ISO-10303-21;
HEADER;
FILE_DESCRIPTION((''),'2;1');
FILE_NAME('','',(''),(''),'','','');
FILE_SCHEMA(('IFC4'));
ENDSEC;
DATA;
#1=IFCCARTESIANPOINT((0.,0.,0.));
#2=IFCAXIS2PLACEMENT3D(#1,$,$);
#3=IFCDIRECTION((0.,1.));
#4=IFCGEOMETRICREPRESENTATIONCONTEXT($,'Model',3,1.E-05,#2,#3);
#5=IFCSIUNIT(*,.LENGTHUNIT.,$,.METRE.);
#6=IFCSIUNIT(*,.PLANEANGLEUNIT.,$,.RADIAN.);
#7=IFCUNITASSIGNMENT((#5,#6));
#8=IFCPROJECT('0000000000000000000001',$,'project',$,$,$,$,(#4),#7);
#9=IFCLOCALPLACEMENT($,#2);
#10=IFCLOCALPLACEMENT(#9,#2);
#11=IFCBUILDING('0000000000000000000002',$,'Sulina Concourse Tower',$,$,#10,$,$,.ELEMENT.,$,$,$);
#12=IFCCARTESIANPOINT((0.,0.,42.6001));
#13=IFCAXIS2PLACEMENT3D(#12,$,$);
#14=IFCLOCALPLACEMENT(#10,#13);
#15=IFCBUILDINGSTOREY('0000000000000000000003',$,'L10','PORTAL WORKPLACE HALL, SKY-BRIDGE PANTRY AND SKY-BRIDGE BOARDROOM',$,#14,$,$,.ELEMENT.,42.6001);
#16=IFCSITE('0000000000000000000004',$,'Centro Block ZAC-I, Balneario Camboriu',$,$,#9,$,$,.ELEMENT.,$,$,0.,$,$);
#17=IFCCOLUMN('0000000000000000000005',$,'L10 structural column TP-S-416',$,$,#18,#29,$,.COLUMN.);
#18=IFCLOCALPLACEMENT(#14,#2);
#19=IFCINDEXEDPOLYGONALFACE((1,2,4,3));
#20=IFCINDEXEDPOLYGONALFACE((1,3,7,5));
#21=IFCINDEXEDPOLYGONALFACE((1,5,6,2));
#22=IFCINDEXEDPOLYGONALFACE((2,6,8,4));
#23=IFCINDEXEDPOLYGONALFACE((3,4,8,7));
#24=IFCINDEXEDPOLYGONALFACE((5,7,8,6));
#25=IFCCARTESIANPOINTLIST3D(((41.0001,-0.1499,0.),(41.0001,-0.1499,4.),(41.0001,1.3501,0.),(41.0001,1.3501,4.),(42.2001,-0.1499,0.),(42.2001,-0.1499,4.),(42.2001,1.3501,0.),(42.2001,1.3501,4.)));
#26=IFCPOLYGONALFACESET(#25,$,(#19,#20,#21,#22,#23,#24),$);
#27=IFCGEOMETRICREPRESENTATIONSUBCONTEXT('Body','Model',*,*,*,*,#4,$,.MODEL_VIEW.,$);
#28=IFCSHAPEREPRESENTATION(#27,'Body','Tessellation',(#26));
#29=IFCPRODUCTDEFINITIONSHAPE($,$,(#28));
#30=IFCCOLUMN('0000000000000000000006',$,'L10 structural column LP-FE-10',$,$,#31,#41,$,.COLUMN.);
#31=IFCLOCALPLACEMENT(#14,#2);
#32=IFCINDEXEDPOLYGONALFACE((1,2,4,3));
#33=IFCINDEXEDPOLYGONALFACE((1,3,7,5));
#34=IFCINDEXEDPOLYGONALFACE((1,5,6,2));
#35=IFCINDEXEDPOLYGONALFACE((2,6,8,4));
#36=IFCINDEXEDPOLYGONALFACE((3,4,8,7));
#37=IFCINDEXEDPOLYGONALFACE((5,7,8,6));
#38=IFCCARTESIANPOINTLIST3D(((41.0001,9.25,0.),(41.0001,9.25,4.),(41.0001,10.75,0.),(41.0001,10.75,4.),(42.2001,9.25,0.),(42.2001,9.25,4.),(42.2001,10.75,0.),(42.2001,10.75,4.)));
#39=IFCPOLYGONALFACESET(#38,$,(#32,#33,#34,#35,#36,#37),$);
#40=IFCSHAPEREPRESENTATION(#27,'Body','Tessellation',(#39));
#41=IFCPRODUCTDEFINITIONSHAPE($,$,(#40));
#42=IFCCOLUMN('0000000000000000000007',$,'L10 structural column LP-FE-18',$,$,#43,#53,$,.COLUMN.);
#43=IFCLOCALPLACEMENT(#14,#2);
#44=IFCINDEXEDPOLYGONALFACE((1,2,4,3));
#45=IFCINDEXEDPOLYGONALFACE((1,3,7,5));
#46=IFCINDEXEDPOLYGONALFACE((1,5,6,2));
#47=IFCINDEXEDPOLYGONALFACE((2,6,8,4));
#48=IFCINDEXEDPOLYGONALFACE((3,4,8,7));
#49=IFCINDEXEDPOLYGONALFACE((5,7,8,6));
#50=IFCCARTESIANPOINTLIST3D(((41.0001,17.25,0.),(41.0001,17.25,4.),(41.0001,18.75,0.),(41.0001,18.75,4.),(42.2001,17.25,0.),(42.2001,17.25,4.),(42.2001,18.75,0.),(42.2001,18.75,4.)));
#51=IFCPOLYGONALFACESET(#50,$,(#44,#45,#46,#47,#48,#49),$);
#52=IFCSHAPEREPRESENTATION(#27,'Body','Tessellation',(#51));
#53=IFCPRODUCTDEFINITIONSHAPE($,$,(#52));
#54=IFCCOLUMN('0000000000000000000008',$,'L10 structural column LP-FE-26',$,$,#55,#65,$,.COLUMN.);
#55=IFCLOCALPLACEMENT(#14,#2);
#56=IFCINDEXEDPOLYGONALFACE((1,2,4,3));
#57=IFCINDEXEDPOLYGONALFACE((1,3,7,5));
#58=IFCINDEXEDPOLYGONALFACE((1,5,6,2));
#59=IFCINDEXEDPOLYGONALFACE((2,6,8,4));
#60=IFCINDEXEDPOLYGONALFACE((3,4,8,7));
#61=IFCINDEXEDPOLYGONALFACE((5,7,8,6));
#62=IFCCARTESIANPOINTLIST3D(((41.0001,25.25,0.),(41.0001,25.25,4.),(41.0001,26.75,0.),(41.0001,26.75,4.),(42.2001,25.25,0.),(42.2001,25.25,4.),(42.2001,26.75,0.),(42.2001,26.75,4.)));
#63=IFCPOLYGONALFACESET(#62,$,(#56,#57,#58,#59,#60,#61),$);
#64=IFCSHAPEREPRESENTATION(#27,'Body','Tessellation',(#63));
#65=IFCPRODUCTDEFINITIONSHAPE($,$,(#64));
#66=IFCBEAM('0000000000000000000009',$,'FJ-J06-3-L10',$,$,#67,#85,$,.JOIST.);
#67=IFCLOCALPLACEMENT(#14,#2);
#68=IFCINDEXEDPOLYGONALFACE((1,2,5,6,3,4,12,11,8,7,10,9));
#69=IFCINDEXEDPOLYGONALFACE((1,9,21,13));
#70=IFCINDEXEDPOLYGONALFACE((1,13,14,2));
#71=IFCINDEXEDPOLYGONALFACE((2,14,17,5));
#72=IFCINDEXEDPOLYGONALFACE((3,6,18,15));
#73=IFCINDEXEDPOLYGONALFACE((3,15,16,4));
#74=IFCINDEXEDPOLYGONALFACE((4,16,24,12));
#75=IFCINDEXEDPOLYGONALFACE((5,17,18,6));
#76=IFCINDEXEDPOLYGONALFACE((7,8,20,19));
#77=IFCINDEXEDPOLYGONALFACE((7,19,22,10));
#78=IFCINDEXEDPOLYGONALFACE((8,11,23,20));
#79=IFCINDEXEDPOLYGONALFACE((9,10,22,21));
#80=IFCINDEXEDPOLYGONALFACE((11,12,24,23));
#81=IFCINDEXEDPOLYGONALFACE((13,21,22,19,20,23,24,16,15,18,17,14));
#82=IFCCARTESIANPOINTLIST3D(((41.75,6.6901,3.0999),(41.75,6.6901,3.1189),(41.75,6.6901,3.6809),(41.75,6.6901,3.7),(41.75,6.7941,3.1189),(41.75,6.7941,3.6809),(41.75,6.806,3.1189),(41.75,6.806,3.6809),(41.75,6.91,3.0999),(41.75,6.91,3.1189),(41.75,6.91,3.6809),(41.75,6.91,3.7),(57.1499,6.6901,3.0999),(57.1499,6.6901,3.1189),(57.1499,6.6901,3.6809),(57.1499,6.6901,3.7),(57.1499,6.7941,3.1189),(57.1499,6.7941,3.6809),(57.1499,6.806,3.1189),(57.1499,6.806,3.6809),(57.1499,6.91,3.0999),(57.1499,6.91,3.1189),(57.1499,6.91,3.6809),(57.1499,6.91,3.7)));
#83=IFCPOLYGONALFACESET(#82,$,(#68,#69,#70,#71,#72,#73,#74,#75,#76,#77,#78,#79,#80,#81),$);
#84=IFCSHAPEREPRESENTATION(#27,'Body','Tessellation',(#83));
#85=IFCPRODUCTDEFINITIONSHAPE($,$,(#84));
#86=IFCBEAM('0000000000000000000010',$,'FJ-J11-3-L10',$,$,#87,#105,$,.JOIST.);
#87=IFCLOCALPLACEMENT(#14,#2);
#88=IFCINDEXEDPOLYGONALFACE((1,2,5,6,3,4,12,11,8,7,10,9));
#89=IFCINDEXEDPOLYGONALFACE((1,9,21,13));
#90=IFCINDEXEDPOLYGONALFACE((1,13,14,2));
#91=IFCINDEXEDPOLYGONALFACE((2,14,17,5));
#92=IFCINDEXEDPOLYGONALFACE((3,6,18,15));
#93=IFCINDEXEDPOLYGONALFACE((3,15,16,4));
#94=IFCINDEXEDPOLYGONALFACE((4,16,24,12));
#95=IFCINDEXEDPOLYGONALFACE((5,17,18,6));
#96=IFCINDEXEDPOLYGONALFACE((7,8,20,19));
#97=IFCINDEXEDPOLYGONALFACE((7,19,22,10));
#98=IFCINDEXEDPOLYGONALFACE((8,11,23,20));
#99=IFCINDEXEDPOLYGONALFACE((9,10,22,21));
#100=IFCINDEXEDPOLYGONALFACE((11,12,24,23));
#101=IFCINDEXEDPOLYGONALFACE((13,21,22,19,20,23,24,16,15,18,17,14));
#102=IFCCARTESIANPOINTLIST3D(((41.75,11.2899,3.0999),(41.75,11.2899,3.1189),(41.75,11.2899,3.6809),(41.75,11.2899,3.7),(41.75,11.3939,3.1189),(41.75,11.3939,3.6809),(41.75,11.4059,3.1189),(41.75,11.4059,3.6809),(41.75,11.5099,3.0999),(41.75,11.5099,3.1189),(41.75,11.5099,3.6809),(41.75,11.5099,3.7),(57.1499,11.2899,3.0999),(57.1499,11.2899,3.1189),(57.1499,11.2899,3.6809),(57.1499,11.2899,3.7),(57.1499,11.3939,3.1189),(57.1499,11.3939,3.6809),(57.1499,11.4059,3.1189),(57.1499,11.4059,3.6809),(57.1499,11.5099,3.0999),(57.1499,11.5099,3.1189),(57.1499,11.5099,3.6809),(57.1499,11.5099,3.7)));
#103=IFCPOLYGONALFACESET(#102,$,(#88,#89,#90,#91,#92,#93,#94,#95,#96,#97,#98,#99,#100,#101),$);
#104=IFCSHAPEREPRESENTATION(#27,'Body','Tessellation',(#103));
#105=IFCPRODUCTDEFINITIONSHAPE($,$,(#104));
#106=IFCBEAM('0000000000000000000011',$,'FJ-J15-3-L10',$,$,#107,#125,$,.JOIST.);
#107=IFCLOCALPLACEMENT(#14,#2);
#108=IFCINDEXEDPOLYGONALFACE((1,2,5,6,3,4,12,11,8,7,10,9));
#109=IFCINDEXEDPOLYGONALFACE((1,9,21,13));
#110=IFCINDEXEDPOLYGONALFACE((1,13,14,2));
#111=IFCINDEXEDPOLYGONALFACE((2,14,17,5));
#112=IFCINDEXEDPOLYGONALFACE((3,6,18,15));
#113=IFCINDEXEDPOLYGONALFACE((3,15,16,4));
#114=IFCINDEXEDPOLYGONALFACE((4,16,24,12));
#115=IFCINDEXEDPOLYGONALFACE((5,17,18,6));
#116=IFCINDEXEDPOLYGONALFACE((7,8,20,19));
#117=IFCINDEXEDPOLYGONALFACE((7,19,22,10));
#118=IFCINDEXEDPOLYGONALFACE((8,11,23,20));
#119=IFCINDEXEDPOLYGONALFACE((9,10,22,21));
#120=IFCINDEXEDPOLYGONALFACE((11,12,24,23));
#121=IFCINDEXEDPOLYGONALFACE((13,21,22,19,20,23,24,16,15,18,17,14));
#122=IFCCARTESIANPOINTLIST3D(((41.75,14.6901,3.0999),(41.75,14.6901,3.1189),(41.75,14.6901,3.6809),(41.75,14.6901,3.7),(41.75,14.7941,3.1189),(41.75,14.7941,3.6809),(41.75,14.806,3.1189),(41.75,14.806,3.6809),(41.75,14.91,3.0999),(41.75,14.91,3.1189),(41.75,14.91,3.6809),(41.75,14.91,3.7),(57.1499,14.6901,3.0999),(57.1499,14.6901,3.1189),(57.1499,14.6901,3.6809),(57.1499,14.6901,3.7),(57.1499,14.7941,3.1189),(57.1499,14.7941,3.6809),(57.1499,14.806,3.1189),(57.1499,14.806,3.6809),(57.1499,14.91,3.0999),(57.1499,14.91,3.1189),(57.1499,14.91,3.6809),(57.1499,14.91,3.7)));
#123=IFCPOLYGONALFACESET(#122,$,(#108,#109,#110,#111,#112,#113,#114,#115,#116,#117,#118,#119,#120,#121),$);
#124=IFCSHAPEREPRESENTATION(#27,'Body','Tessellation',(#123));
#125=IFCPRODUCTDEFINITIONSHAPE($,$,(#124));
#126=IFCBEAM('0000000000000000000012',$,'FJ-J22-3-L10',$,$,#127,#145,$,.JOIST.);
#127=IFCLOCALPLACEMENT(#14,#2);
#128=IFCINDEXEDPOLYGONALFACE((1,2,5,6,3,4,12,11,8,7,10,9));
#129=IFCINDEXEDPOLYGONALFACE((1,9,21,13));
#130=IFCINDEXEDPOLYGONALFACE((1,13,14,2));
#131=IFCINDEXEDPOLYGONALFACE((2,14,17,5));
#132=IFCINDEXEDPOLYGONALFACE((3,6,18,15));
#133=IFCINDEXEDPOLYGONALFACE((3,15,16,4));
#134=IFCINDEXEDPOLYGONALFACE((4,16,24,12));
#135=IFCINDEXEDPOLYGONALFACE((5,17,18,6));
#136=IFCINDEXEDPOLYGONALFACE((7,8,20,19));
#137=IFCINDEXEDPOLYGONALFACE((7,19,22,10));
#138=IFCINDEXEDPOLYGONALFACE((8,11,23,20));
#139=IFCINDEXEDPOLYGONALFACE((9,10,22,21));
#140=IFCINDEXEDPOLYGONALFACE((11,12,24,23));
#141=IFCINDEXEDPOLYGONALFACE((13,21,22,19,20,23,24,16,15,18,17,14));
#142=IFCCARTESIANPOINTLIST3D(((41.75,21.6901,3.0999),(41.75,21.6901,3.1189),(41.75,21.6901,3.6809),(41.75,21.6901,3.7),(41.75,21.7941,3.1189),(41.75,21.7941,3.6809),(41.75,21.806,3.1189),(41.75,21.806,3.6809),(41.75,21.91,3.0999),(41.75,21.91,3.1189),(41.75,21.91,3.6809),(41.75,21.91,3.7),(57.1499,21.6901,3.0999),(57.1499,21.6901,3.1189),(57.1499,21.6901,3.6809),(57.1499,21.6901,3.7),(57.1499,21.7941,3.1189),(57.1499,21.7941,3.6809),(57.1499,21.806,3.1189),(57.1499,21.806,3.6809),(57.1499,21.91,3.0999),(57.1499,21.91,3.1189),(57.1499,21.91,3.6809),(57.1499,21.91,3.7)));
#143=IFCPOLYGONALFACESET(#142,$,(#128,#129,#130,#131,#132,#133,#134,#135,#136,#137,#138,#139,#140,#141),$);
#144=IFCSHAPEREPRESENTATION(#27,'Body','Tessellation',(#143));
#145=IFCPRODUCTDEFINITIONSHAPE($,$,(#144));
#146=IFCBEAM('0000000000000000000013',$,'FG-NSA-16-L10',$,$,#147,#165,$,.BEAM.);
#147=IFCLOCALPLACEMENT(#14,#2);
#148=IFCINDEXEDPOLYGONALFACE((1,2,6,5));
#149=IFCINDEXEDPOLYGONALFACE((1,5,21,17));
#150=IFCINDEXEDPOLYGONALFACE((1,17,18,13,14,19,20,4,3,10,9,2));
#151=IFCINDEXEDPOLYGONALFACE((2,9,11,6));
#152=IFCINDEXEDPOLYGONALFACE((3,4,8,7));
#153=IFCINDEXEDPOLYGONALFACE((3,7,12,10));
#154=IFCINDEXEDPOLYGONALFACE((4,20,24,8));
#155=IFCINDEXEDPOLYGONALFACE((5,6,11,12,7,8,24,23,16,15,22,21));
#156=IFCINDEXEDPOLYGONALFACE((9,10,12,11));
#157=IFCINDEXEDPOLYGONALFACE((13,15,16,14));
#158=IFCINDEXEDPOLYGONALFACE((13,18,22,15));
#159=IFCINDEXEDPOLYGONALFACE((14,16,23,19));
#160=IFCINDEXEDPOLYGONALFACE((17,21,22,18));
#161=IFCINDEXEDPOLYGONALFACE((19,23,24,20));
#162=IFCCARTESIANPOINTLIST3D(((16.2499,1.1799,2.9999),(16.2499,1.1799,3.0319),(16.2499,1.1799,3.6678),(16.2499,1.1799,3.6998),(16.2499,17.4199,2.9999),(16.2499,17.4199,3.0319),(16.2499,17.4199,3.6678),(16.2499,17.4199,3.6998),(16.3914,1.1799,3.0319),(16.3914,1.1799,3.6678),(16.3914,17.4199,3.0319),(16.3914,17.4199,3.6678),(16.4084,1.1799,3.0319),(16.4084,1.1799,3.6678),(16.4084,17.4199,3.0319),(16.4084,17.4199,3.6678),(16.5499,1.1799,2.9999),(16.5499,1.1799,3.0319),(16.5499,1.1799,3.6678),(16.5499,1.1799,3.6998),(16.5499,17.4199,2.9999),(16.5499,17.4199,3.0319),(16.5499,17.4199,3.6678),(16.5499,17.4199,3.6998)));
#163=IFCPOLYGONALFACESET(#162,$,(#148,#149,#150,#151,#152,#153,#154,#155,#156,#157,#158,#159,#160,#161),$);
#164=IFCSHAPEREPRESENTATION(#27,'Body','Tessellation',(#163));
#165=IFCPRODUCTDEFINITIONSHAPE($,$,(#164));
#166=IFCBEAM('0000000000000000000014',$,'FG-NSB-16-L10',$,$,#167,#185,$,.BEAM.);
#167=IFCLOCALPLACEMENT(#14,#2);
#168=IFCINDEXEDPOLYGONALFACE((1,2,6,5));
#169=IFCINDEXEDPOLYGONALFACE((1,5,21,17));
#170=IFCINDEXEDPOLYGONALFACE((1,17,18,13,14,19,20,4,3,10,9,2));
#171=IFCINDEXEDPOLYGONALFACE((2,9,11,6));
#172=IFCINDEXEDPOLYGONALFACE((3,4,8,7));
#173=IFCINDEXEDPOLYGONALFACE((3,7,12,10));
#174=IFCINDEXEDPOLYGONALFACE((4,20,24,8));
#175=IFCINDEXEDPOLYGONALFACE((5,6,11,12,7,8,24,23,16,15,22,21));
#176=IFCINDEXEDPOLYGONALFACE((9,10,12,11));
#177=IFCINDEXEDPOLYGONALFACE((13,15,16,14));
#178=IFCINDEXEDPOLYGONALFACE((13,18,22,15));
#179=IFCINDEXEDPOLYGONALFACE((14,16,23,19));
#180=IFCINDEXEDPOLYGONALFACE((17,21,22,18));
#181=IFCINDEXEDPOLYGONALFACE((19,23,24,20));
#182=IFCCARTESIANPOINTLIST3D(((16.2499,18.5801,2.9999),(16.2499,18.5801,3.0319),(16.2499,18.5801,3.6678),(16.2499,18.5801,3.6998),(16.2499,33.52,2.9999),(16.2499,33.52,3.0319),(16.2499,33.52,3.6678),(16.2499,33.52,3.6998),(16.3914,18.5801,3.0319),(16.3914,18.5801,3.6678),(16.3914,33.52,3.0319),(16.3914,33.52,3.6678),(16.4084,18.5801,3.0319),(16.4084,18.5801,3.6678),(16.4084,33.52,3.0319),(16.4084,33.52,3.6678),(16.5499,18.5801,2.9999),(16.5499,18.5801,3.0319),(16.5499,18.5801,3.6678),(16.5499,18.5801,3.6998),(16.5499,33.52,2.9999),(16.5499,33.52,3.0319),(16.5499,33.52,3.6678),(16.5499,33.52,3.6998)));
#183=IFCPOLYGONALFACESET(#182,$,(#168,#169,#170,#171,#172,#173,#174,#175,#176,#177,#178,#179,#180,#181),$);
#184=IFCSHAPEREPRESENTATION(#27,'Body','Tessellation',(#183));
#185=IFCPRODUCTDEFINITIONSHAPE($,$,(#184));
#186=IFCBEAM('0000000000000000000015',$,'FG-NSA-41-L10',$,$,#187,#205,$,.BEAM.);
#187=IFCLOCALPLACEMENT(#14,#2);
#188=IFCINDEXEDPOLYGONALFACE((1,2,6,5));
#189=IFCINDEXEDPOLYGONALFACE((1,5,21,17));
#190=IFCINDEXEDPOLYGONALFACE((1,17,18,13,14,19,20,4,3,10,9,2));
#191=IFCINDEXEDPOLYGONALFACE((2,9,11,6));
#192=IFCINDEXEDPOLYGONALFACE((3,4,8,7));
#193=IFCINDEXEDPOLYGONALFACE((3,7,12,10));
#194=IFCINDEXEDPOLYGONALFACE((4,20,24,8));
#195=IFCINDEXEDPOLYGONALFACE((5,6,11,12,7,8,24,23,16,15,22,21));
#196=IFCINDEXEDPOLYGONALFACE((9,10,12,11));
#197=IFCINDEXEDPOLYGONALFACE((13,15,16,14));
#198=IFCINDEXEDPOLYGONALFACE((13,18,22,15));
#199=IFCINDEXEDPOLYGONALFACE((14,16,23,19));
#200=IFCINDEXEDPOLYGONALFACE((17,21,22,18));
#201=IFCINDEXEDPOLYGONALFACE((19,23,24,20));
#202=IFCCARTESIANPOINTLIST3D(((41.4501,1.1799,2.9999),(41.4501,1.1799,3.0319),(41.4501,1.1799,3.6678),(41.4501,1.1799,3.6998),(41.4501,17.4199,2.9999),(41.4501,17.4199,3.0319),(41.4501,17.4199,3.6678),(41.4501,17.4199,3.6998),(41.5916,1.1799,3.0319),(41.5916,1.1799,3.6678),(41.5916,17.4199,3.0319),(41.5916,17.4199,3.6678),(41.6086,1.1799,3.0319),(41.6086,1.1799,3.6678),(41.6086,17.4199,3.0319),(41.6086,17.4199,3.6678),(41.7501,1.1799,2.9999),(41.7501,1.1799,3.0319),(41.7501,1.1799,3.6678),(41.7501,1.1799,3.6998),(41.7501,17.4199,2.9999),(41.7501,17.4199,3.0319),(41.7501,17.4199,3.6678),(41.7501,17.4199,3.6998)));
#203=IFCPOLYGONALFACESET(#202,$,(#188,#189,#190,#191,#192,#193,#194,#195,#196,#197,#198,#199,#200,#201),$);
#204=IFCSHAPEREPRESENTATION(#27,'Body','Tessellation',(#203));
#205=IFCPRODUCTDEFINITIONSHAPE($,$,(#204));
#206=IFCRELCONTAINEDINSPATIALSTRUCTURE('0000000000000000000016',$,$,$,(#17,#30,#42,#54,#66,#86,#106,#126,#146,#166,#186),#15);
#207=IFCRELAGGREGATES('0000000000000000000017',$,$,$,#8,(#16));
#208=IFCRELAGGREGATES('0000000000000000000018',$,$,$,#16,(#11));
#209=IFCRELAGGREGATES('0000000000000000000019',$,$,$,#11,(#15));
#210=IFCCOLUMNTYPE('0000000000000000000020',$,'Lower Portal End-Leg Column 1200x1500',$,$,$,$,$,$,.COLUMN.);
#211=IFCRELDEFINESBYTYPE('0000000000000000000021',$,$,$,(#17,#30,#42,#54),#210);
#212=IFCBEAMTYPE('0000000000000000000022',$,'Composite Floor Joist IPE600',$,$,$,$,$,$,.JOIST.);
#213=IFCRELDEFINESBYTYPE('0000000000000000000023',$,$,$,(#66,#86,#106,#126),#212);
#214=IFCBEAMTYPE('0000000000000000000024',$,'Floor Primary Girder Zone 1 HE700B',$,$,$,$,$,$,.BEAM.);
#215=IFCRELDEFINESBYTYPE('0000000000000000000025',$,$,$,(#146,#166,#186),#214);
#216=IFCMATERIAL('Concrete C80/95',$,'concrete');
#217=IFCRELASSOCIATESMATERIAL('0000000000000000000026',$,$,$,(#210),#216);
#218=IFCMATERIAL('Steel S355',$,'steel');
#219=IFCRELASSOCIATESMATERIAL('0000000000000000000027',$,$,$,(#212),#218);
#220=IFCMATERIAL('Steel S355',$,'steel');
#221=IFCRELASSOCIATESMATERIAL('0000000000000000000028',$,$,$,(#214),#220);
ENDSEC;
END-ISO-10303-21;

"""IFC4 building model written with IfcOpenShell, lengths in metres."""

from ifc_helpers import new_model, si_unit, direction, frame, origin, origin_2d, place, context, subcontext, project, spatial, rectangle, i_section, extrude, material, material_profile, profile_set, type_object, element, save


model = new_model("IFC4")

# Units and contexts
model_context = context("Model", 3, precision=1e-05, world=origin(), true_north=direction((0.0, 1.0)))
body_context = subcontext(model_context, "Body", "Model", "MODEL_VIEW")
ifc_project = project(units=[si_unit("LENGTHUNIT", "METRE"), si_unit("PLANEANGLEUNIT", "RADIAN")], contexts=[model_context])

# Site, building, storey
site_placement = place(None, origin())
site = spatial("IfcSite", under=ifc_project, at=site_placement, Name="Centro Block ZAC-I, Balneario Camboriu", CompositionType="ELEMENT", RefElevation=0.0)
building_placement = place(site_placement, origin())
building = spatial("IfcBuilding", under=site, at=building_placement, Name="Sulina Concourse Tower", CompositionType="ELEMENT")
storey_placement = place(building_placement, frame((0.0, 0.0, 42.6001)))
storey = spatial("IfcBuildingStorey", under=building, at=storey_placement, Name="L10", Description="PORTAL WORKPLACE HALL, SKY-BRIDGE PANTRY AND SKY-BRIDGE BOARDROOM", CompositionType="ELEMENT", Elevation=42.6001)

# Columns
ifc_material_1 = material(Name="Concrete C80/95", Category="concrete")
ifc_material_profile_1 = material_profile(ifc_material_1, rectangle(XDim=1.2, YDim=1.5, at=origin_2d()), Name="RC 1200x1500")
ifc_profile_set_1 = profile_set([ifc_material_profile_1], Name="Concrete C80/95")
column_type = type_object("IfcColumnType", Name="Lower Portal End-Leg Column 1200x1500", PredefinedType="COLUMN", material=ifc_profile_set_1)
for number, where, z_axis, x_axis, name in (
    (1, (41.6001, 0.6001, 0.0), (0.0, 0.0, 1.0), (1.0, 0.0, 0.0), "L10 structural column TP-S-416"),
    (2, (41.6001, 10.0, 0.0), (0.0, 0.0, 1.0), (1.0, 0.0, 0.0), "L10 structural column LP-FE-10"),
    (3, (41.6001, 18.0, 0.0), (0.0, 0.0, 1.0), (1.0, 0.0, 0.0), "L10 structural column LP-FE-18"),
    (4, (41.6001, 26.0, 0.0), (0.0, 0.0, 1.0), (1.0, 0.0, 0.0), "L10 structural column LP-FE-26"),
):
    element("IfcColumn", number, at=place(storey_placement, frame(where, z_axis=z_axis, x_axis=x_axis)), inside=storey, type_object=column_type, Name=name, PredefinedType="COLUMN", context=body_context, shape_type="SweptSolid", body=[
        extrude(rectangle(XDim=1.2, YDim=1.5, at=origin_2d()), origin(), (0.0, 0.0, 1.0), 4.0),
    ])

# Beams
ifc_material_2 = material(Name="Steel S355", Category="steel")
ifc_material_profile_2 = material_profile(ifc_material_2, i_section(OverallWidth=0.22, OverallDepth=0.6001, WebThickness=0.012, FlangeThickness=0.019, at=origin_2d()), Name="IPE 600")
ifc_profile_set_2 = profile_set([ifc_material_profile_2], Name="Steel S355")
beam_type_1 = type_object("IfcBeamType", Name="Composite Floor Joist IPE600", PredefinedType="JOIST", material=ifc_profile_set_2)
for number, where, z_axis, x_axis, name in (
    (5, (41.75, 6.8, 3.3999), (1.0, 0.0, 0.0), (0.0, 1.0, 0.0), "FJ-J06-3-L10"),
    (6, (41.75, 11.3999, 3.3999), (1.0, 0.0, 0.0), (0.0, 1.0, 0.0), "FJ-J11-3-L10"),
    (7, (41.75, 14.8, 3.3999), (1.0, 0.0, 0.0), (0.0, 1.0, 0.0), "FJ-J15-3-L10"),
    (8, (41.75, 21.8, 3.3999), (1.0, 0.0, 0.0), (0.0, 1.0, 0.0), "FJ-J22-3-L10"),
):
    element("IfcBeam", number, at=place(storey_placement, frame(where, z_axis=z_axis, x_axis=x_axis)), inside=storey, type_object=beam_type_1, Name=name, PredefinedType="JOIST", context=body_context, shape_type="SweptSolid", body=[
        extrude(i_section(OverallWidth=0.22, OverallDepth=0.6001, WebThickness=0.012, FlangeThickness=0.019, at=origin_2d()), origin(), (0.0, 0.0, 1.0), 15.3999),
    ])
ifc_material_3 = material(Name="Steel S355", Category="steel")
ifc_material_profile_3 = material_profile(ifc_material_3, i_section(OverallWidth=0.3, OverallDepth=0.7, WebThickness=0.0171, FlangeThickness=0.032, at=origin_2d()), Name="HE 700 B")
ifc_profile_set_3 = profile_set([ifc_material_profile_3], Name="Steel S355")
beam_type_2 = type_object("IfcBeamType", Name="Floor Primary Girder Zone 1 HE700B", PredefinedType="BEAM", material=ifc_profile_set_3)
beam_1_placement = place(storey_placement, frame((16.3999, 1.1799, 3.3499), z_axis=(0.0, 1.0, 0.0), x_axis=(-1.0, 0.0, 0.0)))
element("IfcBeam", 9, at=beam_1_placement, inside=storey, type_object=beam_type_2, Name="FG-NSA-16-L10", PredefinedType="BEAM", context=body_context, shape_type="SweptSolid", body=[
    extrude(i_section(OverallWidth=0.3, OverallDepth=0.7, WebThickness=0.0171, FlangeThickness=0.032, at=origin_2d()), origin(), (0.0, 0.0, 1.0), 16.24),
])
beam_2_placement = place(storey_placement, frame((16.3999, 18.5801, 3.3499), z_axis=(0.0, 1.0, 0.0), x_axis=(-1.0, 0.0, 0.0)))
element("IfcBeam", 10, at=beam_2_placement, inside=storey, type_object=beam_type_2, Name="FG-NSB-16-L10", PredefinedType="BEAM", context=body_context, shape_type="SweptSolid", body=[
    extrude(i_section(OverallWidth=0.3, OverallDepth=0.7, WebThickness=0.0171, FlangeThickness=0.032, at=origin_2d()), origin(), (0.0, 0.0, 1.0), 14.9399),
])
beam_3_placement = place(storey_placement, frame((41.6001, 1.1799, 3.3499), z_axis=(0.0, 1.0, 0.0), x_axis=(-1.0, 0.0, 0.0)))
element("IfcBeam", 11, at=beam_3_placement, inside=storey, type_object=beam_type_2, Name="FG-NSA-41-L10", PredefinedType="BEAM", context=body_context, shape_type="SweptSolid", body=[
    extrude(i_section(OverallWidth=0.3, OverallDepth=0.7, WebThickness=0.0171, FlangeThickness=0.032, at=origin_2d()), origin(), (0.0, 0.0, 1.0), 16.24),
])

save(model, "model.ifc")
